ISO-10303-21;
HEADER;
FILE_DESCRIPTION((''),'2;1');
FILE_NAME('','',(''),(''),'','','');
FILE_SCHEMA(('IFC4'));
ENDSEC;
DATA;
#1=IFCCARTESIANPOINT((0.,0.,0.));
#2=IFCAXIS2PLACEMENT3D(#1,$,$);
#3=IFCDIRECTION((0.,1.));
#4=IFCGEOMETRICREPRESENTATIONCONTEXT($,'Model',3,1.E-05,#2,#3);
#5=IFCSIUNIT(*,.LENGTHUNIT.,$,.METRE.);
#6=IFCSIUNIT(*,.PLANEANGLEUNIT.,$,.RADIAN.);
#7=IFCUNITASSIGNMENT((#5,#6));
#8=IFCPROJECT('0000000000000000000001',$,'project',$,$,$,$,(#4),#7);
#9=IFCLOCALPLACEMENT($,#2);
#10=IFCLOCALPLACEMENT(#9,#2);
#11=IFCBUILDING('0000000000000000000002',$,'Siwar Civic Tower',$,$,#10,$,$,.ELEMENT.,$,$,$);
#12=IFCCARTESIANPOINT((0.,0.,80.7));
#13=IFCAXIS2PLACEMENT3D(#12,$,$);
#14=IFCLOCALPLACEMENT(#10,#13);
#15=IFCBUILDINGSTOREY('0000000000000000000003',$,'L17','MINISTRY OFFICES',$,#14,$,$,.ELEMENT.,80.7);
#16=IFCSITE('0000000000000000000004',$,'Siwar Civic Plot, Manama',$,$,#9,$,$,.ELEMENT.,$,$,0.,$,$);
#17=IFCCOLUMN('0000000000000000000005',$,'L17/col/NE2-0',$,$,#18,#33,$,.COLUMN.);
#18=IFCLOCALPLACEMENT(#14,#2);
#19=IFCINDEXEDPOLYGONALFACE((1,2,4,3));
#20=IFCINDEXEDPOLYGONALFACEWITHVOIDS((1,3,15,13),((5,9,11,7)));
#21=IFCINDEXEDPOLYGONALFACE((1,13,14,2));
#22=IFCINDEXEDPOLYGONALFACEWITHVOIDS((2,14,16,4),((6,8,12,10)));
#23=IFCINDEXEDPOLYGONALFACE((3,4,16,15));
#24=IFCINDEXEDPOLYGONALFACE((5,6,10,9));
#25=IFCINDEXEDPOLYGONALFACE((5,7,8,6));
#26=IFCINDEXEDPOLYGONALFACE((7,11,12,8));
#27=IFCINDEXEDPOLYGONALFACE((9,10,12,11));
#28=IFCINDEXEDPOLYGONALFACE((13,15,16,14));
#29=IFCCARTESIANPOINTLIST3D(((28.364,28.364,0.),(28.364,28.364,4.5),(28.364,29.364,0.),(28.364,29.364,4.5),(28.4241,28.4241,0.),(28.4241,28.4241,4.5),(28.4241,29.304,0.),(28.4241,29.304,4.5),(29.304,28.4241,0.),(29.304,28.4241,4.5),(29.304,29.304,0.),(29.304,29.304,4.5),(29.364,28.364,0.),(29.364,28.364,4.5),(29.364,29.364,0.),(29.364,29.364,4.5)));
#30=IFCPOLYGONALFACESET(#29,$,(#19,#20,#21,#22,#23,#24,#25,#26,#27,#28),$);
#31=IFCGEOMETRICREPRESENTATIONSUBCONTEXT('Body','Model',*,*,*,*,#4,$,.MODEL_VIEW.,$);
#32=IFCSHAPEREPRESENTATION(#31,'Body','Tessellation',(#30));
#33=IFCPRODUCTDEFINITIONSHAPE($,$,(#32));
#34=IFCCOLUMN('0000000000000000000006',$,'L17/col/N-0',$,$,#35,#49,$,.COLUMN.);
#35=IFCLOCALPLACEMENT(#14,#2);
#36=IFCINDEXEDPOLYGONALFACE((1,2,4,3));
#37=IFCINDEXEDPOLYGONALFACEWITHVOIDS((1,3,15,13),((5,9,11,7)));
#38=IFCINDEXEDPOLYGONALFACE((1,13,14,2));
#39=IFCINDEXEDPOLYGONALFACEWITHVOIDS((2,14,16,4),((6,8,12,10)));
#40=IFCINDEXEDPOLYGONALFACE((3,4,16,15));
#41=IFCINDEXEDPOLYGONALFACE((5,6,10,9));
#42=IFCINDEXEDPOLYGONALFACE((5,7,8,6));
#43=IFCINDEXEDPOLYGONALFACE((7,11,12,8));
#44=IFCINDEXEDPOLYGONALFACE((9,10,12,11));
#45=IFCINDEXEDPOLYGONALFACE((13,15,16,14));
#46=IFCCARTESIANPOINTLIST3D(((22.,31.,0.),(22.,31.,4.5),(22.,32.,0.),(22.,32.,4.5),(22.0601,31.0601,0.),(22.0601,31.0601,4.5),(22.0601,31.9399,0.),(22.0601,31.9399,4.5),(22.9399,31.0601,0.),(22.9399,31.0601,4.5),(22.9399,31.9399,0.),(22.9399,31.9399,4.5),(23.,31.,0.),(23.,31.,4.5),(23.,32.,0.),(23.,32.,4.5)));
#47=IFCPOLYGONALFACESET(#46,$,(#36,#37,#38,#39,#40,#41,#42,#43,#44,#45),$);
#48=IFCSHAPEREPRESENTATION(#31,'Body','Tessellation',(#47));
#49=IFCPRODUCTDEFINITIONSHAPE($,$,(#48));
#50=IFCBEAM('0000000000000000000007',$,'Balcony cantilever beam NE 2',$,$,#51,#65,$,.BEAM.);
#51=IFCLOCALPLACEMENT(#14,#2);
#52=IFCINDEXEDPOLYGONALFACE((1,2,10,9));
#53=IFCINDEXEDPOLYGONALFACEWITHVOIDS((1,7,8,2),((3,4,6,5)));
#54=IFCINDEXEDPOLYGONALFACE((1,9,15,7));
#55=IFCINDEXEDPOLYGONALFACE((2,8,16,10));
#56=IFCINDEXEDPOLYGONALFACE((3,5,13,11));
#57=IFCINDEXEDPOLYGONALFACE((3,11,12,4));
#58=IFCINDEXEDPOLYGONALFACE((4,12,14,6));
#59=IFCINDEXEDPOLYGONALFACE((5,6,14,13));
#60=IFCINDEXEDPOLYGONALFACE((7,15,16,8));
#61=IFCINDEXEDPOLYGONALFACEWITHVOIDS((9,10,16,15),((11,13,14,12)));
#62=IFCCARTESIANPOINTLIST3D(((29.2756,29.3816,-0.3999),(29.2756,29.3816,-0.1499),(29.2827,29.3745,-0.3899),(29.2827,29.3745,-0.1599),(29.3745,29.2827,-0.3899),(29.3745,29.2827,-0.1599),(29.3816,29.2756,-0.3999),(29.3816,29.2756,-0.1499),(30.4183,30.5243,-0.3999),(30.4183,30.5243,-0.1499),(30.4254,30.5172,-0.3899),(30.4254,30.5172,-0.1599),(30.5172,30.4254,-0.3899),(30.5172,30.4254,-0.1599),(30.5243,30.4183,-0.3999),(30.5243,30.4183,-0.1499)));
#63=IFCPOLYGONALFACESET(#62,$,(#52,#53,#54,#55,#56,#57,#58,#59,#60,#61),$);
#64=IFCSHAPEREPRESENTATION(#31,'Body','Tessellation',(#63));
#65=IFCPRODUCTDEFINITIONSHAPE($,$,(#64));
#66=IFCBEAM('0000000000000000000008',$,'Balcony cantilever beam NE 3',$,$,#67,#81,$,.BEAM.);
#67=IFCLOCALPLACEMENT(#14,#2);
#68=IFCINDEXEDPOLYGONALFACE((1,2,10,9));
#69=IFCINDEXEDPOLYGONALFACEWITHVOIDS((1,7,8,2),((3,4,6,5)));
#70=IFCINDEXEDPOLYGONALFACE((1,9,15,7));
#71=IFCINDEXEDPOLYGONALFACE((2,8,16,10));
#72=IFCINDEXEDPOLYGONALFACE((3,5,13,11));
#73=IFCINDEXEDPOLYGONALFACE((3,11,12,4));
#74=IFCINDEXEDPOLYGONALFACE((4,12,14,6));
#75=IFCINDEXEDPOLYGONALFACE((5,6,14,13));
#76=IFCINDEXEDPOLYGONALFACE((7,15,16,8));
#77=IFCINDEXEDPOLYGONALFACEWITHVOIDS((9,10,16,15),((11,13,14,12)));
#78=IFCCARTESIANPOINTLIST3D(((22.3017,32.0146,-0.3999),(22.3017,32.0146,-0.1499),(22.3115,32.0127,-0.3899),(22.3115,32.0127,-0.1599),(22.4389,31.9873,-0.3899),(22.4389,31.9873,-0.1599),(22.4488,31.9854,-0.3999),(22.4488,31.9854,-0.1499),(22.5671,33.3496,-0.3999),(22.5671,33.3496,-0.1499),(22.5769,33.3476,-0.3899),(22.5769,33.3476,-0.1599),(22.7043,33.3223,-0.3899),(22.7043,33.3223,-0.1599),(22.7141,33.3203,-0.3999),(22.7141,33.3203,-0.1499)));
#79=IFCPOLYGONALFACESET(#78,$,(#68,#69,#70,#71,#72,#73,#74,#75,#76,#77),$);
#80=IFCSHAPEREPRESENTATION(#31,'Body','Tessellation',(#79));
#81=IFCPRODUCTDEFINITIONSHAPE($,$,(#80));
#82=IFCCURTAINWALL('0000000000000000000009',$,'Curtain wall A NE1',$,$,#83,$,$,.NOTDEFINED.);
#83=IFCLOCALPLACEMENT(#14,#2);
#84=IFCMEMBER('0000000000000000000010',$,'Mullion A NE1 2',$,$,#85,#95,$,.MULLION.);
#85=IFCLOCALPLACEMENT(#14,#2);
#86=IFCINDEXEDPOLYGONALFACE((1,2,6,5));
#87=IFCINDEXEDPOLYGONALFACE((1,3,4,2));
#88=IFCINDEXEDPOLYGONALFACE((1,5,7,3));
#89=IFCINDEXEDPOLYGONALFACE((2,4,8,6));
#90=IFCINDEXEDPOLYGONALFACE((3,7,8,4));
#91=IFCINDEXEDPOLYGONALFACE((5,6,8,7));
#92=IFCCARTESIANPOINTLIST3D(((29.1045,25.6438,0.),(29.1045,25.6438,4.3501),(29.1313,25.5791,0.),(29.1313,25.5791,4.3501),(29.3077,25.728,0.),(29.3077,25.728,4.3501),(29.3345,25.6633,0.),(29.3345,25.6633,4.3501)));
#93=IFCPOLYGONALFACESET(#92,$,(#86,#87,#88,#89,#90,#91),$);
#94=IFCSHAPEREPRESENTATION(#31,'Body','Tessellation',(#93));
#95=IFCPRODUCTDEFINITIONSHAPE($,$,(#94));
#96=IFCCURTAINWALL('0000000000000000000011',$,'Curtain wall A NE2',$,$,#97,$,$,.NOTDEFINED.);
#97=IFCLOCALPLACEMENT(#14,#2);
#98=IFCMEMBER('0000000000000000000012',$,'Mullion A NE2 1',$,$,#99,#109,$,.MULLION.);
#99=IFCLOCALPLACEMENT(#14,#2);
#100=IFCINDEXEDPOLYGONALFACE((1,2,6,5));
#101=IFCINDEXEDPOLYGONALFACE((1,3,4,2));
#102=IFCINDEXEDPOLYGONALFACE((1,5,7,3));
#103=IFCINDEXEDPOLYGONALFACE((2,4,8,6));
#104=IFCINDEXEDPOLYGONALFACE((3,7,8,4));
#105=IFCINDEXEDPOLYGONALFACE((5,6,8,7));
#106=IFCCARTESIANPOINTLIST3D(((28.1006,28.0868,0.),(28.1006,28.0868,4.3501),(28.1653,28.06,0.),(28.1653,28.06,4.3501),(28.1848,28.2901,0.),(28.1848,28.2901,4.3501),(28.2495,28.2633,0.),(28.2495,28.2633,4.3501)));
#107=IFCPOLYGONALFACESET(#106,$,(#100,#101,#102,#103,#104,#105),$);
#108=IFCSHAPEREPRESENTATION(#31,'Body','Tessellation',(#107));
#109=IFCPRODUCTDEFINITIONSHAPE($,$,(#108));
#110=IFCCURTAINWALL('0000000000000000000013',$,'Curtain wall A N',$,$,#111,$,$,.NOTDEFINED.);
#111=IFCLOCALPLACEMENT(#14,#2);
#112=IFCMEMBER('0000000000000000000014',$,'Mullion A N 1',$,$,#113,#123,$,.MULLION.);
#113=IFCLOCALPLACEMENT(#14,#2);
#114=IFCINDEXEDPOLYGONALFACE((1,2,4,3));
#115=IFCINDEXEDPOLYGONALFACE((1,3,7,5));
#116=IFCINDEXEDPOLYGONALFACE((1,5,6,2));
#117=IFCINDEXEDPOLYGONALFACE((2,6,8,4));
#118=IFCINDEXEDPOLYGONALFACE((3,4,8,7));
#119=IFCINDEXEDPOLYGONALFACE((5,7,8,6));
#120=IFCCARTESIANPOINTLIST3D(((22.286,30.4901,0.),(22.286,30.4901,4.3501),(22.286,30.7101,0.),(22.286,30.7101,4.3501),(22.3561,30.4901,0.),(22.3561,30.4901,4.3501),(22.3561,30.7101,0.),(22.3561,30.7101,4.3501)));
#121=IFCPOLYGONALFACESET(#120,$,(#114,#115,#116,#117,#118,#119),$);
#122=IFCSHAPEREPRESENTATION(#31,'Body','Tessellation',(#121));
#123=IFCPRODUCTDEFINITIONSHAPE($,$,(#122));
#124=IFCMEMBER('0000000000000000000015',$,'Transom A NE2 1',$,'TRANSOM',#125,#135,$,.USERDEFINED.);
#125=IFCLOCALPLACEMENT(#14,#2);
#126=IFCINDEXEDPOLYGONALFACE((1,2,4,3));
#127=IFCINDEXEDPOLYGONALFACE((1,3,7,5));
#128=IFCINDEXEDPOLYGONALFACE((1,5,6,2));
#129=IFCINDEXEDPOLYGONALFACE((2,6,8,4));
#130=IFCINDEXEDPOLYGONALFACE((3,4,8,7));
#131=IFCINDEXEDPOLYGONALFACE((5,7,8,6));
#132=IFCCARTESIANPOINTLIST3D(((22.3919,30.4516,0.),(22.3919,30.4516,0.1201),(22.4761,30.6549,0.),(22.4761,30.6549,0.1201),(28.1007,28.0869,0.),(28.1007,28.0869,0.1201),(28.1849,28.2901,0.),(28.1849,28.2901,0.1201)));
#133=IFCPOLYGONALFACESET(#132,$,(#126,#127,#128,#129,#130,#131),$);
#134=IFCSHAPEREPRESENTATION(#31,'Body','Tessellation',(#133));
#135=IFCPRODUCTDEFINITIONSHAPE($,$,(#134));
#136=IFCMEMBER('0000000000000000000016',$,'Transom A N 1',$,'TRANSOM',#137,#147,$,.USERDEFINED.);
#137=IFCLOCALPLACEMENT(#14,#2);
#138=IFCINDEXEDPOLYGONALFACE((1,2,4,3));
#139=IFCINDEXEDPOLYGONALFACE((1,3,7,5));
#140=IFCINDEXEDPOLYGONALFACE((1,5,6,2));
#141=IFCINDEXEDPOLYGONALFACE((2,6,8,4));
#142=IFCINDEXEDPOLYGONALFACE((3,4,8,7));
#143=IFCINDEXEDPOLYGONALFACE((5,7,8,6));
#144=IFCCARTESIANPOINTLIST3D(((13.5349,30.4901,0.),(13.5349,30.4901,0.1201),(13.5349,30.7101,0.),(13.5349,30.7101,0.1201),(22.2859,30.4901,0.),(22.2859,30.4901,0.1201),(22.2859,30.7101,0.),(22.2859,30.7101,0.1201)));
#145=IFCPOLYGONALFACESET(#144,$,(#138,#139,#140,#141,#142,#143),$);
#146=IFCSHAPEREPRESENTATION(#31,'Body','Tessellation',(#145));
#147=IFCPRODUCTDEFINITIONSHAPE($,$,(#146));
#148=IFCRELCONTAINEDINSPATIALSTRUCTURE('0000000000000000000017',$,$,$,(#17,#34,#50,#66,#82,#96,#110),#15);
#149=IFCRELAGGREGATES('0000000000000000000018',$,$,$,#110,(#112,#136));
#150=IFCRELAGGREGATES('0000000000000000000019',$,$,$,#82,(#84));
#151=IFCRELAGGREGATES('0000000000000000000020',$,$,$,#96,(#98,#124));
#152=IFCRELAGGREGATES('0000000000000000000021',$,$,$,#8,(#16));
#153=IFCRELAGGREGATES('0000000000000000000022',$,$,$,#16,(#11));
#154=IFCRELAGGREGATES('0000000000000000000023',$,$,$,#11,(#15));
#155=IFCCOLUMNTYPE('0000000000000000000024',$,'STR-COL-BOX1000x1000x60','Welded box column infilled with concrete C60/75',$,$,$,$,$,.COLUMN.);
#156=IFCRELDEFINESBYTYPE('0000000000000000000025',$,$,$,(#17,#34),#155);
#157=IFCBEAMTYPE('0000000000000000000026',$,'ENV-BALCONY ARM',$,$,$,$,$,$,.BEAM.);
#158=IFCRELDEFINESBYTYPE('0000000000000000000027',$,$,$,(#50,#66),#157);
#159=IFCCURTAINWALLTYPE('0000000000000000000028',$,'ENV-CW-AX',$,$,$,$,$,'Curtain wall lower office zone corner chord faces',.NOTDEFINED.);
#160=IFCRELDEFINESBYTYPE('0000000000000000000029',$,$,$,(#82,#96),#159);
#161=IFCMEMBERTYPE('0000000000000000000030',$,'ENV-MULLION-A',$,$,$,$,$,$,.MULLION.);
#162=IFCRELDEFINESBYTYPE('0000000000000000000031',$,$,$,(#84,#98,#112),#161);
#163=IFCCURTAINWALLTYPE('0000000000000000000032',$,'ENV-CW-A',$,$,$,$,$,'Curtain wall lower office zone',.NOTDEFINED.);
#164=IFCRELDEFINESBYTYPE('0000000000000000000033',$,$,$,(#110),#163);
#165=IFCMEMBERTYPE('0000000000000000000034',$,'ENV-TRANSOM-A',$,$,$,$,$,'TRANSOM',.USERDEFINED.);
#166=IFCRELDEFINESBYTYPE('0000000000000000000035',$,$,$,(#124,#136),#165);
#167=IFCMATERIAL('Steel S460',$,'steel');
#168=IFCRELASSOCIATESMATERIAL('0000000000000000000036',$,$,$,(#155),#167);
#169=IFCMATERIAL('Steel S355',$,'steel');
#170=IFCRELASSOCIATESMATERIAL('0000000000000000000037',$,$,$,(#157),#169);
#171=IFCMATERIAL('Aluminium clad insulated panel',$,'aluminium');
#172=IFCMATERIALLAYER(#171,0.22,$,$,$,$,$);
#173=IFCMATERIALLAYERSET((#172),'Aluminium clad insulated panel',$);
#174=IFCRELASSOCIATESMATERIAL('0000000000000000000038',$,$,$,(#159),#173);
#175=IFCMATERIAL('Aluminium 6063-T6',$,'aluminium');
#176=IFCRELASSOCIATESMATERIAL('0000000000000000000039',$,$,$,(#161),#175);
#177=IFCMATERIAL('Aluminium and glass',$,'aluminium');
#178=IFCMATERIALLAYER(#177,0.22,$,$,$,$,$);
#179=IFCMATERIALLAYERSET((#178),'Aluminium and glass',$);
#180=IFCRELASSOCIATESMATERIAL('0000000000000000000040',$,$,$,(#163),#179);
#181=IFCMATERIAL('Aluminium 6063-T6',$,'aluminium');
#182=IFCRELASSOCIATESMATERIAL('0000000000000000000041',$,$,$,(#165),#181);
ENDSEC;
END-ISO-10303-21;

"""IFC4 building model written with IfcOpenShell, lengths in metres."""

from ifc_helpers import new_model, si_unit, direction, frame, origin, origin_2d, place, context, subcontext, project, spatial, rectangle, hollow_rectangle, extrude, material, layer, layer_set, material_profile, profile_set, type_object, element, aggregate, save


model = new_model("IFC4")

# Units and contexts
model_context = context("Model", 3, precision=1e-05, world=origin(), true_north=direction((0.0, 1.0)))
body_context = subcontext(model_context, "Body", "Model", "MODEL_VIEW")
ifc_project = project(units=[si_unit("LENGTHUNIT", "METRE"), si_unit("PLANEANGLEUNIT", "RADIAN")], contexts=[model_context])

# Site, building, storey
site_placement = place(None, origin())
site = spatial("IfcSite", under=ifc_project, at=site_placement, Name="Siwar Civic Plot, Manama", CompositionType="ELEMENT", RefElevation=0.0)
building_placement = place(site_placement, origin())
building = spatial("IfcBuilding", under=site, at=building_placement, Name="Siwar Civic Tower", CompositionType="ELEMENT")
storey_placement = place(building_placement, frame((0.0, 0.0, 80.7)))
storey = spatial("IfcBuildingStorey", under=building, at=storey_placement, Name="L17", Description="MINISTRY OFFICES", CompositionType="ELEMENT", Elevation=80.7)

# Columns
ifc_material_1 = material(Name="Steel S460", Category="steel")
ifc_material_profile_1 = material_profile(ifc_material_1, hollow_rectangle(XDim=1.0, YDim=1.0, WallThickness=0.0601, at=origin_2d()), Name="BOX1000x1000x60")
ifc_profile_set_1 = profile_set([ifc_material_profile_1], Name="Steel S460")
column_type = type_object("IfcColumnType", Name="STR-COL-BOX1000x1000x60", Description="Welded box column infilled with concrete C60/75", PredefinedType="COLUMN", material=ifc_profile_set_1)
for number, where, z_axis, x_axis, name in (
    (1, (28.864, 28.864, 0.0), (0.0, 0.0, 1.0), (1.0, 0.0, 0.0), "L17/col/NE2-0"),
    (2, (22.5, 31.5, 0.0), (0.0, 0.0, 1.0), (1.0, 0.0, 0.0), "L17/col/N-0"),
):
    element("IfcColumn", number, at=place(storey_placement, frame(where, z_axis=z_axis, x_axis=x_axis)), inside=storey, type_object=column_type, Name=name, PredefinedType="COLUMN", context=body_context, shape_type="SweptSolid", body=[
        extrude(hollow_rectangle(XDim=1.0, YDim=1.0, WallThickness=0.0601, at=origin_2d()), origin(), (0.0, 0.0, 1.0), 4.5),
    ])

# Beams
ifc_material_2 = material(Name="Steel S355", Category="steel")
ifc_material_profile_2 = material_profile(ifc_material_2, hollow_rectangle(XDim=0.1499, YDim=0.25, WallThickness=0.01, at=origin_2d()), Name="RHS250x150x10")
ifc_profile_set_2 = profile_set([ifc_material_profile_2], Name="Steel S355")
beam_type_1 = type_object("IfcBeamType", Name="ENV-BALCONY ARM", PredefinedType="BEAM", material=ifc_profile_set_2)
beam_1_placement = place(storey_placement, frame((29.3286, 29.3286, -0.2749), z_axis=(0.707107, 0.707107, 0.0), x_axis=(-0.707107, 0.707107, 0.0)))
element("IfcBeam", 3, at=beam_1_placement, inside=storey, type_object=beam_type_1, Name="Balcony cantilever beam NE 2", PredefinedType="BEAM", context=body_context, shape_type="SweptSolid", body=[
    extrude(hollow_rectangle(XDim=0.1499, YDim=0.25, WallThickness=0.01, at=origin_2d()), origin(), (0.0, 0.0, 1.0), 1.616),
])
beam_2_placement = place(storey_placement, frame((22.3752, 32.0, -0.2749), z_axis=(0.194978, 0.980808, 0.0), x_axis=(-0.980808, 0.194978, 0.0)))
element("IfcBeam", 4, at=beam_2_placement, inside=storey, type_object=beam_type_1, Name="Balcony cantilever beam NE 3", PredefinedType="BEAM", context=body_context, shape_type="SweptSolid", body=[
    extrude(hollow_rectangle(XDim=0.1499, YDim=0.25, WallThickness=0.01, at=origin_2d()), origin(), (0.0, 0.0, 1.0), 1.3611),
])

# Curtain walls, members
ifc_material_3 = material(Name="Aluminium clad insulated panel", Category="aluminium")
ifc_layer_1 = layer(ifc_material_3, 0.22)
ifc_layer_set_1 = layer_set([ifc_layer_1], Name="Aluminium clad insulated panel")
curtain_wall_type_1 = type_object("IfcCurtainWallType", Name="ENV-CW-AX", ElementType="Curtain wall lower office zone corner chord faces", PredefinedType="NOTDEFINED", material=ifc_layer_set_1)
curtain_wall_1_placement = place(storey_placement, origin())
curtain_wall_1 = element("IfcCurtainWall", 5, at=curtain_wall_1_placement, inside=storey, type_object=curtain_wall_type_1, Name="Curtain wall A NE1", PredefinedType="NOTDEFINED")
ifc_material_4 = material(Name="Aluminium 6063-T6", Category="aluminium")
ifc_material_profile_3 = material_profile(ifc_material_4, rectangle(XDim=0.22, YDim=0.0701, at=origin_2d()), Name="AL 220x70")
ifc_profile_set_3 = profile_set([ifc_material_profile_3], Name="Aluminium 6063-T6")
member_type_1 = type_object("IfcMemberType", Name="ENV-MULLION-A", PredefinedType="MULLION", material=ifc_profile_set_3)
member_1_placement = place(storey_placement, frame((29.2195, 25.6536, 0.0), z_axis=(0.0, 0.0, 1.0), x_axis=(-0.92388, -0.382683, 0.0)))
member_1 = element("IfcMember", 6, at=member_1_placement, type_object=member_type_1, Name="Mullion A NE1 2", PredefinedType="MULLION", context=body_context, shape_type="SweptSolid", body=[
    extrude(rectangle(XDim=0.22, YDim=0.0701, at=origin_2d()), origin(), (0.0, 0.0, 1.0), 4.3501),
])
curtain_wall_2_placement = place(storey_placement, origin())
curtain_wall_2 = element("IfcCurtainWall", 7, at=curtain_wall_2_placement, inside=storey, type_object=curtain_wall_type_1, Name="Curtain wall A NE2", PredefinedType="NOTDEFINED")
member_2_placement = place(storey_placement, frame((28.175, 28.175, 0.0), z_axis=(0.0, 0.0, 1.0), x_axis=(-0.382683, -0.92388, 0.0)))
member_2 = element("IfcMember", 8, at=member_2_placement, type_object=member_type_1, Name="Mullion A NE2 1", PredefinedType="MULLION", context=body_context, shape_type="SweptSolid", body=[
    extrude(rectangle(XDim=0.22, YDim=0.0701, at=origin_2d()), origin(), (0.0, 0.0, 1.0), 4.3501),
])
ifc_material_5 = material(Name="Aluminium and glass", Category="aluminium")
ifc_layer_2 = layer(ifc_material_5, 0.22)
ifc_layer_set_2 = layer_set([ifc_layer_2], Name="Aluminium and glass")
curtain_wall_type_2 = type_object("IfcCurtainWallType", Name="ENV-CW-A", ElementType="Curtain wall lower office zone", PredefinedType="NOTDEFINED", material=ifc_layer_set_2)
curtain_wall_3_placement = place(storey_placement, origin())
curtain_wall_3 = element("IfcCurtainWall", 9, at=curtain_wall_3_placement, inside=storey, type_object=curtain_wall_type_2, Name="Curtain wall A N", PredefinedType="NOTDEFINED")
member_3_placement = place(storey_placement, frame((22.321, 30.6001, 0.0), z_axis=(0.0, 0.0, 1.0), x_axis=(0.0, -1.0, 0.0)))
member_3 = element("IfcMember", 10, at=member_3_placement, type_object=member_type_1, Name="Mullion A N 1", PredefinedType="MULLION", context=body_context, shape_type="SweptSolid", body=[
    extrude(rectangle(XDim=0.22, YDim=0.0701, at=origin_2d()), origin(), (0.0, 0.0, 1.0), 4.3501),
])

# Members
ifc_material_6 = material(Name="Aluminium 6063-T6", Category="aluminium")
ifc_material_profile_4 = material_profile(ifc_material_6, rectangle(XDim=0.22, YDim=0.1201, at=origin_2d()), Name="AL 220x120")
ifc_profile_set_4 = profile_set([ifc_material_profile_4], Name="Aluminium 6063-T6")
member_type_2 = type_object("IfcMemberType", Name="ENV-TRANSOM-A", ElementType="TRANSOM", PredefinedType="USERDEFINED", material=ifc_profile_set_4)
member_4_placement = place(storey_placement, frame((28.1428, 28.1885, 0.0601), z_axis=(-0.923873, 0.382698, 0.0), x_axis=(-0.382698, -0.923873, 0.0)))
member_4 = element("IfcMember", 11, at=member_4_placement, type_object=member_type_2, Name="Transom A NE2 1", ObjectType="TRANSOM", PredefinedType="USERDEFINED", context=body_context, shape_type="SweptSolid", body=[
    extrude(rectangle(XDim=0.22, YDim=0.1201, at=origin_2d()), origin(), (0.0, 0.0, 1.0), 6.1792),
])
member_5_placement = place(storey_placement, frame((22.2859, 30.6001, 0.0601), z_axis=(-1.0, 0.0, 0.0), x_axis=(0.0, -1.0, 0.0)))
member_5 = element("IfcMember", 12, at=member_5_placement, type_object=member_type_2, Name="Transom A N 1", ObjectType="TRANSOM", PredefinedType="USERDEFINED", context=body_context, shape_type="SweptSolid", body=[
    extrude(rectangle(XDim=0.22, YDim=0.1201, at=origin_2d()), origin(), (0.0, 0.0, 1.0), 8.751),
])
aggregate(curtain_wall_3, [member_3, member_5])

aggregate(curtain_wall_1, [member_1])
aggregate(curtain_wall_2, [member_2, member_4])

save(model, "model.ifc")
